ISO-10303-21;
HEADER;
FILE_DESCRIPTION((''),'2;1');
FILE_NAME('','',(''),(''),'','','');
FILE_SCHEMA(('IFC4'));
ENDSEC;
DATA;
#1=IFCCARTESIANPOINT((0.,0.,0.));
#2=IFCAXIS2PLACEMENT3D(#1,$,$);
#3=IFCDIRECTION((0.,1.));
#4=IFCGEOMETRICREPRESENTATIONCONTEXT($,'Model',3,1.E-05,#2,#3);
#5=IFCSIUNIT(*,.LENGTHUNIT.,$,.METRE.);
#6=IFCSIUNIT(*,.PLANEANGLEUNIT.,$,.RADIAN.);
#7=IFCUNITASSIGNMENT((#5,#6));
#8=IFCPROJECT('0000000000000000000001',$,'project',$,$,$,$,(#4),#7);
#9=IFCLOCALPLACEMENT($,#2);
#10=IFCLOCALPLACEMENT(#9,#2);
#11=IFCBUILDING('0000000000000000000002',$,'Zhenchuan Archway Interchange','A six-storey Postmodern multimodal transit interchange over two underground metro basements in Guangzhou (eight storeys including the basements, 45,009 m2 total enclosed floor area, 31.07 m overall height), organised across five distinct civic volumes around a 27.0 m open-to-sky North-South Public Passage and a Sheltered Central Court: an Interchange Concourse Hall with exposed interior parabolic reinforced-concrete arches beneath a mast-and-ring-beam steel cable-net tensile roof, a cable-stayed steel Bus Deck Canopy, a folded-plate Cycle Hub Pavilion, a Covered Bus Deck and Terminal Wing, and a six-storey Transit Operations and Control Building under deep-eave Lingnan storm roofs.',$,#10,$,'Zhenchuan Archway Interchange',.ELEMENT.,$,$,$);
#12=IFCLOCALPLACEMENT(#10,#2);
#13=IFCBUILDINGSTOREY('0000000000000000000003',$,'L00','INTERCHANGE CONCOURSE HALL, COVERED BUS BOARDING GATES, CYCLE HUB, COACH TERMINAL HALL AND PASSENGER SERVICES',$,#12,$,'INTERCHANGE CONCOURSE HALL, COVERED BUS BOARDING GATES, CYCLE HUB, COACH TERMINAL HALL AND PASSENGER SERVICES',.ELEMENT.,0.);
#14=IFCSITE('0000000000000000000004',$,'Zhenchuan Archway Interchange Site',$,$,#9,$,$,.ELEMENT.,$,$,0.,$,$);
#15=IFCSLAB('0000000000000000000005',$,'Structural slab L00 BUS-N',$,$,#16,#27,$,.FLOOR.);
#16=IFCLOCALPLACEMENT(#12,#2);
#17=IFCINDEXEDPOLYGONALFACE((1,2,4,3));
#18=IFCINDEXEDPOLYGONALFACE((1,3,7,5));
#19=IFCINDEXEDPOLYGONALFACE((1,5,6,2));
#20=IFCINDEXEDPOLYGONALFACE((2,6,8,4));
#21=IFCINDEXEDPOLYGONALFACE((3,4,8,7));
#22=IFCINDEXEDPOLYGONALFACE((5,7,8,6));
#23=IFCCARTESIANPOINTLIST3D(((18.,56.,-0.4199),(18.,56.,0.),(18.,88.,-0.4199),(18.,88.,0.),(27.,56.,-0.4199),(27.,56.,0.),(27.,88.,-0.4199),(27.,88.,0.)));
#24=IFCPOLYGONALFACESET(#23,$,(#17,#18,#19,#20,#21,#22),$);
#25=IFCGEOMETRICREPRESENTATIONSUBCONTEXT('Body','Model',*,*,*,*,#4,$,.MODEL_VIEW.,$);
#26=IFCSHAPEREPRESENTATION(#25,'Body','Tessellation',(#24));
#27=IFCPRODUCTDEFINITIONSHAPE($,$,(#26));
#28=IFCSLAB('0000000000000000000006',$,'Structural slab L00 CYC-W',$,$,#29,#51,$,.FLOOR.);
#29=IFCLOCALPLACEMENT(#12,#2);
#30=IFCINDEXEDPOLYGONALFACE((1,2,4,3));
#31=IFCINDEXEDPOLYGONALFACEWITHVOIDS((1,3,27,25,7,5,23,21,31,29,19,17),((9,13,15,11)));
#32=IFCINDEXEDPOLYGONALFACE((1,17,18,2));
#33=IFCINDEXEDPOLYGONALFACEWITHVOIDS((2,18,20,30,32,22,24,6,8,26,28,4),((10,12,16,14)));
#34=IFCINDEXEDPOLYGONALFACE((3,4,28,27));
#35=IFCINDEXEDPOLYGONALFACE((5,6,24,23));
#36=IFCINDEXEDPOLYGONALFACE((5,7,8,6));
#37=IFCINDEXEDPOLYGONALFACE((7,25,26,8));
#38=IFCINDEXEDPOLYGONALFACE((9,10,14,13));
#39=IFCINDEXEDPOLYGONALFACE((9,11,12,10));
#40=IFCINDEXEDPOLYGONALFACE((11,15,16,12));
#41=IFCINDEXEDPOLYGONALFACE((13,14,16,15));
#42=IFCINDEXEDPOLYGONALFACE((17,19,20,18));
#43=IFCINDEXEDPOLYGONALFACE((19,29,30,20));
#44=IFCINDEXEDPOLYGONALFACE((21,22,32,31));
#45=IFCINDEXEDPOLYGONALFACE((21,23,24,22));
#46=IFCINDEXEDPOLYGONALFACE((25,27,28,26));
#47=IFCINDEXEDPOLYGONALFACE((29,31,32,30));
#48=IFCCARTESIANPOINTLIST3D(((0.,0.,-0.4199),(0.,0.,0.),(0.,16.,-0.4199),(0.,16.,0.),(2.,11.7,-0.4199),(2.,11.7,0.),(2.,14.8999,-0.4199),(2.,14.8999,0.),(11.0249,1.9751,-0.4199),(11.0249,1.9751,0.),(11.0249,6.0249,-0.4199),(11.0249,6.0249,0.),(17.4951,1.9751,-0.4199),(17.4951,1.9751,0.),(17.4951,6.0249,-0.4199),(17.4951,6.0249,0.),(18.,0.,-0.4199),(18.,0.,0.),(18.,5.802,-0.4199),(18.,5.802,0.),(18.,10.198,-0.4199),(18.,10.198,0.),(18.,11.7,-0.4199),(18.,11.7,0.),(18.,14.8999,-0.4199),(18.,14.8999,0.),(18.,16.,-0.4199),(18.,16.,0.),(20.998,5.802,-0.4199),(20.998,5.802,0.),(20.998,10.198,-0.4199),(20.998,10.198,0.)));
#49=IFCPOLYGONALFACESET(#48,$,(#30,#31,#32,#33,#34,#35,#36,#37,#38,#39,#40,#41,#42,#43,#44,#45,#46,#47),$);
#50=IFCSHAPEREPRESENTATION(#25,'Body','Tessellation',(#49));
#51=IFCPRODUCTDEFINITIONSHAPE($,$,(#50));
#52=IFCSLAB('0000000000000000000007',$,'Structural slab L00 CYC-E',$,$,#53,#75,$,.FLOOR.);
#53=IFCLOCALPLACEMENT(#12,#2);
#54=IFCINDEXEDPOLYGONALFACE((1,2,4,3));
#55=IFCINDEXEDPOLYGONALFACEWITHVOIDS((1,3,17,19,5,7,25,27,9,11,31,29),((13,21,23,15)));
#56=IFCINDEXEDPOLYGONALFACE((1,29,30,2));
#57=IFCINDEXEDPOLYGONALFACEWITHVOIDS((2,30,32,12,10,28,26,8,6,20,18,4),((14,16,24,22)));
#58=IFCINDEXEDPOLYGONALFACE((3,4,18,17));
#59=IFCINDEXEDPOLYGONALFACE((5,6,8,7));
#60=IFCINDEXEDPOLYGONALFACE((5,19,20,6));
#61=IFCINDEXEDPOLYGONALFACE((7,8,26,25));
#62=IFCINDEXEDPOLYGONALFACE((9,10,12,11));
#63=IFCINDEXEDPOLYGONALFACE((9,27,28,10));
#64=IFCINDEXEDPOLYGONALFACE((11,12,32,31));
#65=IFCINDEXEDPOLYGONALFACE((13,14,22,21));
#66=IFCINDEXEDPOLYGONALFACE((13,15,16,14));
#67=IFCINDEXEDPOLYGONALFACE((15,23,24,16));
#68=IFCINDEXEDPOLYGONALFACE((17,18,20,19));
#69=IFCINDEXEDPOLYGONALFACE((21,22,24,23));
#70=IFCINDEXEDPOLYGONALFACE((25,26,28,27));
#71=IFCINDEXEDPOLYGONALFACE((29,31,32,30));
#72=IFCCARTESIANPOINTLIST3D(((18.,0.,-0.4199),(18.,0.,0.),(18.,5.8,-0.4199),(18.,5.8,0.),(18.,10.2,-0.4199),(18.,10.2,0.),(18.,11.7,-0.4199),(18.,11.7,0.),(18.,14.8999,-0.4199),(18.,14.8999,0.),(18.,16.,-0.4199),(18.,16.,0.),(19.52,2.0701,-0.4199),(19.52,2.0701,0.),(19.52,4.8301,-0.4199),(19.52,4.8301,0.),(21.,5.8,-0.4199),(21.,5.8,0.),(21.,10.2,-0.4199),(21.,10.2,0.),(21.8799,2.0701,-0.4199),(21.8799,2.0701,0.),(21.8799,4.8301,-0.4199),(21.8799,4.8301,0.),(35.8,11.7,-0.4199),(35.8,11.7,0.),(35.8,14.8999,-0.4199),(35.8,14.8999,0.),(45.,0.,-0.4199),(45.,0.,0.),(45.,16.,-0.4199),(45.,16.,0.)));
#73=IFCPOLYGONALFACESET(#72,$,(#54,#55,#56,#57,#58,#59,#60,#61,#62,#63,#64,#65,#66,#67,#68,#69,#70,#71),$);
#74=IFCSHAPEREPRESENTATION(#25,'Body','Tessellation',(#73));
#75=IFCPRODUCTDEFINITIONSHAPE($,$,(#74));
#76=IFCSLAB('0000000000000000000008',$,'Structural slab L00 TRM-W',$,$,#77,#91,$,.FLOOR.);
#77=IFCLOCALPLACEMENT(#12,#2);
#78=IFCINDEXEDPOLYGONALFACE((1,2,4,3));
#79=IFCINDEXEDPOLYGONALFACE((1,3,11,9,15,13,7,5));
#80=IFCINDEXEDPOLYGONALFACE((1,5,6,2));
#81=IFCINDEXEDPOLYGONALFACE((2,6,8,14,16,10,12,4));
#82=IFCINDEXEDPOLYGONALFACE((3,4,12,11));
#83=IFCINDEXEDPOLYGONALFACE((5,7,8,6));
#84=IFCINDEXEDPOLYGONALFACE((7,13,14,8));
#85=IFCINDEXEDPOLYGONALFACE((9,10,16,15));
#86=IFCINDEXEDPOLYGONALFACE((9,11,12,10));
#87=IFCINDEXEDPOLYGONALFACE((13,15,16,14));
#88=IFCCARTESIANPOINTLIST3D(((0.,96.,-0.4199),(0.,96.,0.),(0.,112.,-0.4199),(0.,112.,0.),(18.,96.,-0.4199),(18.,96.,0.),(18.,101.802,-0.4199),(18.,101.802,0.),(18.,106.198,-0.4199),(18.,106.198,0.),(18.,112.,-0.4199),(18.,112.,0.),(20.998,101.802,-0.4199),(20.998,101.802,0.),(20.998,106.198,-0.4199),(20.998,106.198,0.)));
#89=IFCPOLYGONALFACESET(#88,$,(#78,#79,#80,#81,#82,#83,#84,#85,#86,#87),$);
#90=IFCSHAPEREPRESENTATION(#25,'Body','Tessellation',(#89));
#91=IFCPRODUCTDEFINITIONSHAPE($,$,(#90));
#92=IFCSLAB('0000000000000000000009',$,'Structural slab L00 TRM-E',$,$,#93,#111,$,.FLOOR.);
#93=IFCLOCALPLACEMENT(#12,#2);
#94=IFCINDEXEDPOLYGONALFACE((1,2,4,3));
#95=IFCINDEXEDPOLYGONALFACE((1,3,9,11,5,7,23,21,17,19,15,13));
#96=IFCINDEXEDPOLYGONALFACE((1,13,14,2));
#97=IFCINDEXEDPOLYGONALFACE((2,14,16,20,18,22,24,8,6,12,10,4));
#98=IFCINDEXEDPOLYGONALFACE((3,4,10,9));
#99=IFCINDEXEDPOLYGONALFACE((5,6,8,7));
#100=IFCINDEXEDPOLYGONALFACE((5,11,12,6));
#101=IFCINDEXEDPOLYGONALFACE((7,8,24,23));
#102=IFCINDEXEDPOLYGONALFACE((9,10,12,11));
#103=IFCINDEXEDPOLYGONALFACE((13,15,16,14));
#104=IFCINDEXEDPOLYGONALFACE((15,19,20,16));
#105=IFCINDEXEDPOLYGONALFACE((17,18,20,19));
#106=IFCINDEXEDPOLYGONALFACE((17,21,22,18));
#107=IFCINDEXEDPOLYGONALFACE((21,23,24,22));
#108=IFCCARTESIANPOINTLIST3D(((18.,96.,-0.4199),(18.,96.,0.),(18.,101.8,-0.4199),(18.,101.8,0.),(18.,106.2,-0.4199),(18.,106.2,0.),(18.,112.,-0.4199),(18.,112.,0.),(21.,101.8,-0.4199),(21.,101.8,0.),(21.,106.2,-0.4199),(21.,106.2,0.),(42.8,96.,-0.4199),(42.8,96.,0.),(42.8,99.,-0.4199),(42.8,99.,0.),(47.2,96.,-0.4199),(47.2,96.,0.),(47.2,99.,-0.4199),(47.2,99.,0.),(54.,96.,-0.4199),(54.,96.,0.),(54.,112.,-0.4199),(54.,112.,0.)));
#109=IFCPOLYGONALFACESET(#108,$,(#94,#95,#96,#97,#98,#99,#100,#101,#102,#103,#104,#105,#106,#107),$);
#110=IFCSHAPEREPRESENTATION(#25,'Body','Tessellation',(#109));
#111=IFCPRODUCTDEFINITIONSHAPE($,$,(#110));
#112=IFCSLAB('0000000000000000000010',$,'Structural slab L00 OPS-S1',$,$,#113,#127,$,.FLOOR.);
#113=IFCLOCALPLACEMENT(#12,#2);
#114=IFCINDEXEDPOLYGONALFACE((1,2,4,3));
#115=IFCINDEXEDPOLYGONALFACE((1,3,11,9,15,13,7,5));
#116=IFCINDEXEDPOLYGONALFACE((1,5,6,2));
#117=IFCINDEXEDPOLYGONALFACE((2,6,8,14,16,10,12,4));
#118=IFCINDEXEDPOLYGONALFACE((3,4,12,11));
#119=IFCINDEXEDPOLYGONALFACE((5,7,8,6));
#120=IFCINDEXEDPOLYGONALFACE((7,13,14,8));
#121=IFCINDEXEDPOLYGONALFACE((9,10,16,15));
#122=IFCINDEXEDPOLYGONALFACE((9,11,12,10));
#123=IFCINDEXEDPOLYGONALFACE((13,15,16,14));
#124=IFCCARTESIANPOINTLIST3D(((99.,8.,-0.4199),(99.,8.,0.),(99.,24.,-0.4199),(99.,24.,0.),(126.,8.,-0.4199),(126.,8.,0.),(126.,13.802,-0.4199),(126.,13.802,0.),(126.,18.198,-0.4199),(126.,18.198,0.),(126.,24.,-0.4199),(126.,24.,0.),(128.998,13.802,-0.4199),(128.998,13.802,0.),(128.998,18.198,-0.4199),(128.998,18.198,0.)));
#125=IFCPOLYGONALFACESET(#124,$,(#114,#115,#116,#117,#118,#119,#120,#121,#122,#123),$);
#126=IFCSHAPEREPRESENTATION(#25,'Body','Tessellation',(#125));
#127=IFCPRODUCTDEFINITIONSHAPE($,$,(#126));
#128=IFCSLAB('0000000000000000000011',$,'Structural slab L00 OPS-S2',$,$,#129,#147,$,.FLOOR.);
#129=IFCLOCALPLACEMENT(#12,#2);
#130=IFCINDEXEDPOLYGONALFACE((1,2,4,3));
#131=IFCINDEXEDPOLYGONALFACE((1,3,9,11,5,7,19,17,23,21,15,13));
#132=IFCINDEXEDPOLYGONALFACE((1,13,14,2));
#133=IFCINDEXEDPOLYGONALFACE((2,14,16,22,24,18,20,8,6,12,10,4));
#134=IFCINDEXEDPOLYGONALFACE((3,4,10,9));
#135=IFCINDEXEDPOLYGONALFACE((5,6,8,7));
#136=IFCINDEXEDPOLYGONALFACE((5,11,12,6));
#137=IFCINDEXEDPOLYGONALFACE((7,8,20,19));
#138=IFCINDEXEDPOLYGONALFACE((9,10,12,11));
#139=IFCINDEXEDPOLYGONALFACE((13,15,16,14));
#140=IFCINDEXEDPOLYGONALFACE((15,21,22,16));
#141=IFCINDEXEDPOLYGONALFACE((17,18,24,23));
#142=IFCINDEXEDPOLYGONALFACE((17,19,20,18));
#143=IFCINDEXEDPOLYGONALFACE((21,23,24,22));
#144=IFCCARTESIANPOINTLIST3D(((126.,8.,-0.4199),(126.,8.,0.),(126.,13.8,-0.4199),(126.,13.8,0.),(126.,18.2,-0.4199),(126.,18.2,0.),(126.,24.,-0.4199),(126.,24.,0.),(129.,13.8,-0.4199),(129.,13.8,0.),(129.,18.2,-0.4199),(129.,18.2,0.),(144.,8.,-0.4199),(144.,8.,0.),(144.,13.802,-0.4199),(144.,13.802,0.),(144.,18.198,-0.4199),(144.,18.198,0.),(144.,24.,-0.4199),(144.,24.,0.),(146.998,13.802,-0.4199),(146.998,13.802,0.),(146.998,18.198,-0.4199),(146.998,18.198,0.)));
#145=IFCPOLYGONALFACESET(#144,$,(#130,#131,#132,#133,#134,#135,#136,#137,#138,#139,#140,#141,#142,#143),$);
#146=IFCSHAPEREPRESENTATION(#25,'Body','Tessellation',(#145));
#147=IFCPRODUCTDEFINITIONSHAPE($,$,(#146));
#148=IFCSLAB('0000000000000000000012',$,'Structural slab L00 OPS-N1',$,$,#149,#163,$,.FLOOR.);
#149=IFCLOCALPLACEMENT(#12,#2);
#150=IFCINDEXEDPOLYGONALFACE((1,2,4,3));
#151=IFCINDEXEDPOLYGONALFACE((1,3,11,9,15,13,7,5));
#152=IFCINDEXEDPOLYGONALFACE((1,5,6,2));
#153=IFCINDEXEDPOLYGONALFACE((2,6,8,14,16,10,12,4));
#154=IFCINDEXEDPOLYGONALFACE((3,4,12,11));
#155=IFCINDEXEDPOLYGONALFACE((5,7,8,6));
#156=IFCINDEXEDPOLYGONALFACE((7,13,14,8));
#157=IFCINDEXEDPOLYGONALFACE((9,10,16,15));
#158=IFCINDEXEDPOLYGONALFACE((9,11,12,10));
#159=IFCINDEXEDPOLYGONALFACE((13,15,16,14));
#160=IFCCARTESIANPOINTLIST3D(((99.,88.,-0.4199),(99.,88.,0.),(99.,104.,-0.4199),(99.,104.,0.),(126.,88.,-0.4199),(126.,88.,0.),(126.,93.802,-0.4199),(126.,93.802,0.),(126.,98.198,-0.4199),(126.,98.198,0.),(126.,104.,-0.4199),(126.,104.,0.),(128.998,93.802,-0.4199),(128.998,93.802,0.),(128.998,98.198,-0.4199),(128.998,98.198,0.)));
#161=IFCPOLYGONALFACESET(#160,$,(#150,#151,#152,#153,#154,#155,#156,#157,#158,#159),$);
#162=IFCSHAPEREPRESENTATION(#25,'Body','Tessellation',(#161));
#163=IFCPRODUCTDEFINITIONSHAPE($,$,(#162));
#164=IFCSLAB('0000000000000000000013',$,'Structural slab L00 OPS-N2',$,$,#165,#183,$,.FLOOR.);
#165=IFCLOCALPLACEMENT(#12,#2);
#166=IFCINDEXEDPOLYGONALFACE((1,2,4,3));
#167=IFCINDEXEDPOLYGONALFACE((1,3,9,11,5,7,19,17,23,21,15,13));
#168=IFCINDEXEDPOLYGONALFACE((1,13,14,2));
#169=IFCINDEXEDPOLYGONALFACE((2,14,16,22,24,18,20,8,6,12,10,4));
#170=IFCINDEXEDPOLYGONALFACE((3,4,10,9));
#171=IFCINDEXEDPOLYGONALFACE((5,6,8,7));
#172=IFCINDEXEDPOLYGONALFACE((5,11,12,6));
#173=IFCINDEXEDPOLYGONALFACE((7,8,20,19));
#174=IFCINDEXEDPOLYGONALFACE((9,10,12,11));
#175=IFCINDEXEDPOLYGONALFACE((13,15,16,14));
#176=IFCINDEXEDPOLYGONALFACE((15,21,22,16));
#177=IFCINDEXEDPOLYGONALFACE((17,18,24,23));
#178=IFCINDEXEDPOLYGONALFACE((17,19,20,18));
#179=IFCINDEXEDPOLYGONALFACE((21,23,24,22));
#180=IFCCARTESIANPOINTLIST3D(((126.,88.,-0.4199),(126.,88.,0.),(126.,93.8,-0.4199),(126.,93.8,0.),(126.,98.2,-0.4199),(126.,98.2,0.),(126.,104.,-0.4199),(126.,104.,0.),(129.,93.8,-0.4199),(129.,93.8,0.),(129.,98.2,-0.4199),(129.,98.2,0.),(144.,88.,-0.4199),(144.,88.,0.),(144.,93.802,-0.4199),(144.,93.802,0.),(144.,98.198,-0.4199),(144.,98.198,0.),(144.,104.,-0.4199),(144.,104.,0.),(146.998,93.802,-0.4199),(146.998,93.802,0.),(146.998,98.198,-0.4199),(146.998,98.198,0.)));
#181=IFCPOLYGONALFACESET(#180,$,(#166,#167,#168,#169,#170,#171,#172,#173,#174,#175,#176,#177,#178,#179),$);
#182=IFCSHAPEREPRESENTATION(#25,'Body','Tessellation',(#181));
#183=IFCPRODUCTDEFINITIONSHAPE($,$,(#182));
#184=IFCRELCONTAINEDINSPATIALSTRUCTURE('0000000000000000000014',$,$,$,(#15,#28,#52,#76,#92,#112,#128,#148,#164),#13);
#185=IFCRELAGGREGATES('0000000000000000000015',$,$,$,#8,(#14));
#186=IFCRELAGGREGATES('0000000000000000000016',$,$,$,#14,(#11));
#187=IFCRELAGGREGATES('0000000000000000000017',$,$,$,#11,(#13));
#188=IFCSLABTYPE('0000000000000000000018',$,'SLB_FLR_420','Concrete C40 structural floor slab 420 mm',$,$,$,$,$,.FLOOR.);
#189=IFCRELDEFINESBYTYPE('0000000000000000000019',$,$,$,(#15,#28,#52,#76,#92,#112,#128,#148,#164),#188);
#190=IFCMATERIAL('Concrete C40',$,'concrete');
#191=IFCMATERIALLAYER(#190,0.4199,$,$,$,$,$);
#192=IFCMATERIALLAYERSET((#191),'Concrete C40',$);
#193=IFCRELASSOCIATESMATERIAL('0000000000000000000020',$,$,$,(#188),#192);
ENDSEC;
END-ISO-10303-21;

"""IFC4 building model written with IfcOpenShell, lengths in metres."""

from ifc_helpers import new_model, si_unit, direction, frame, origin, place, context, subcontext, project, spatial, polyline, outline, extrude, material, layer, layer_set, type_object, element, save


model = new_model("IFC4")

# Units and contexts
model_context = context("Model", 3, precision=1e-05, world=origin(), true_north=direction((0.0, 1.0)))
body_context = subcontext(model_context, "Body", "Model", "MODEL_VIEW")
ifc_project = project(units=[si_unit("LENGTHUNIT", "METRE"), si_unit("PLANEANGLEUNIT", "RADIAN")], contexts=[model_context])

# Site, building, storey
site_placement = place(None, origin())
site = spatial("IfcSite", under=ifc_project, at=site_placement, Name="Zhenchuan Archway Interchange Site", CompositionType="ELEMENT", RefElevation=0.0)
building_placement = place(site_placement, origin())
building = spatial("IfcBuilding", under=site, at=building_placement, Name="Zhenchuan Archway Interchange", Description="A six-storey Postmodern multimodal transit interchange over two underground metro basements in Guangzhou (eight storeys including the basements, 45,009 m2 total enclosed floor area, 31.07 m overall height), organised across five distinct civic volumes around a 27.0 m open-to-sky North-South Public Passage and a Sheltered Central Court: an Interchange Concourse Hall with exposed interior parabolic reinforced-concrete arches beneath a mast-and-ring-beam steel cable-net tensile roof, a cable-stayed steel Bus Deck Canopy, a folded-plate Cycle Hub Pavilion, a Covered Bus Deck and Terminal Wing, and a six-storey Transit Operations and Control Building under deep-eave Lingnan storm roofs.", LongName="Zhenchuan Archway Interchange", CompositionType="ELEMENT")
storey_placement = place(building_placement, origin())
storey = spatial("IfcBuildingStorey", under=building, at=storey_placement, Name="L00", Description="INTERCHANGE CONCOURSE HALL, COVERED BUS BOARDING GATES, CYCLE HUB, COACH TERMINAL HALL AND PASSENGER SERVICES", LongName="INTERCHANGE CONCOURSE HALL, COVERED BUS BOARDING GATES, CYCLE HUB, COACH TERMINAL HALL AND PASSENGER SERVICES", CompositionType="ELEMENT", Elevation=0.0)

# Slabs
ifc_material = material(Name="Concrete C40", Category="concrete")
ifc_layer = layer(ifc_material, 0.4199)
ifc_layer_set = layer_set([ifc_layer], Name="Concrete C40")
slab_type = type_object("IfcSlabType", Name="SLB_FLR_420", Description="Concrete C40 structural floor slab 420 mm", PredefinedType="FLOOR", material=ifc_layer_set)
slab_1_placement = place(storey_placement, frame((0.0, 0.0, -0.4199)))
element("IfcSlab", 1, at=slab_1_placement, inside=storey, type_object=slab_type, Name="Structural slab L00 BUS-N", PredefinedType="FLOOR", context=body_context, shape_type="SweptSolid", body=[
    extrude(outline(polyline([(27.0, 56.0), (27.0, 88.0), (18.0, 88.0), (18.0, 56.0), (27.0, 56.0)])), origin(), (0.0, 0.0, 1.0), 0.4199),
])
slab_2_placement = place(storey_placement, frame((0.0, 0.0, -0.4199)))
element("IfcSlab", 2, at=slab_2_placement, inside=storey, type_object=slab_type, Name="Structural slab L00 CYC-W", PredefinedType="FLOOR", context=body_context, shape_type="SweptSolid", body=[
    extrude(outline(polyline([(0.0, 16.0), (18.0, 16.0), (18.0, 14.8999), (2.0, 14.8999), (2.0, 11.7), (18.0, 11.7), (18.0, 10.198), (20.998, 10.198), (20.998, 5.802), (18.0, 5.802), (18.0, 0.0), (0.0, 0.0), (0.0, 16.0)]), holes=[polyline([(17.4951, 6.0249), (11.0249, 6.0249), (11.0249, 1.9751), (17.4951, 1.9751), (17.4951, 6.0249)])]), origin(), (0.0, 0.0, 1.0), 0.4199),
])
slab_3_placement = place(storey_placement, frame((0.0, 0.0, -0.4199)))
element("IfcSlab", 3, at=slab_3_placement, inside=storey, type_object=slab_type, Name="Structural slab L00 CYC-E", PredefinedType="FLOOR", context=body_context, shape_type="SweptSolid", body=[
    extrude(outline(polyline([(45.0, 0.0), (18.0, 0.0), (18.0, 5.8), (21.0, 5.8), (21.0, 10.2), (18.0, 10.2), (18.0, 11.7), (35.8, 11.7), (35.8, 14.8999), (18.0, 14.8999), (18.0, 16.0), (45.0, 16.0), (45.0, 0.0)]), holes=[polyline([(21.8799, 4.8301), (19.52, 4.8301), (19.52, 2.0701), (21.8799, 2.0701), (21.8799, 4.8301)])]), origin(), (0.0, 0.0, 1.0), 0.4199),
])
slab_4_placement = place(storey_placement, frame((0.0, 0.0, -0.4199)))
element("IfcSlab", 4, at=slab_4_placement, inside=storey, type_object=slab_type, Name="Structural slab L00 TRM-W", PredefinedType="FLOOR", context=body_context, shape_type="SweptSolid", body=[
    extrude(outline(polyline([(18.0, 96.0), (0.0, 96.0), (0.0, 112.0), (18.0, 112.0), (18.0, 106.198), (20.998, 106.198), (20.998, 101.802), (18.0, 101.802), (18.0, 96.0)])), origin(), (0.0, 0.0, 1.0), 0.4199),
])
slab_5_placement = place(storey_placement, frame((0.0, 0.0, -0.4199)))
element("IfcSlab", 5, at=slab_5_placement, inside=storey, type_object=slab_type, Name="Structural slab L00 TRM-E", PredefinedType="FLOOR", context=body_context, shape_type="SweptSolid", body=[
    extrude(outline(polyline([(18.0, 101.8), (21.0, 101.8), (21.0, 106.2), (18.0, 106.2), (18.0, 112.0), (54.0, 112.0), (54.0, 96.0), (47.2, 96.0), (47.2, 99.0), (42.8, 99.0), (42.8, 96.0), (18.0, 96.0), (18.0, 101.8)])), origin(), (0.0, 0.0, 1.0), 0.4199),
])
slab_6_placement = place(storey_placement, frame((0.0, 0.0, -0.4199)))
element("IfcSlab", 6, at=slab_6_placement, inside=storey, type_object=slab_type, Name="Structural slab L00 OPS-S1", PredefinedType="FLOOR", context=body_context, shape_type="SweptSolid", body=[
    extrude(outline(polyline([(126.0, 8.0), (99.0, 8.0), (99.0, 24.0), (126.0, 24.0), (126.0, 18.198), (128.998, 18.198), (128.998, 13.802), (126.0, 13.802), (126.0, 8.0)])), origin(), (0.0, 0.0, 1.0), 0.4199),
])
slab_7_placement = place(storey_placement, frame((0.0, 0.0, -0.4199)))
element("IfcSlab", 7, at=slab_7_placement, inside=storey, type_object=slab_type, Name="Structural slab L00 OPS-S2", PredefinedType="FLOOR", context=body_context, shape_type="SweptSolid", body=[
    extrude(outline(polyline([(144.0, 24.0), (144.0, 18.198), (146.998, 18.198), (146.998, 13.802), (144.0, 13.802), (144.0, 8.0), (126.0, 8.0), (126.0, 13.8), (129.0, 13.8), (129.0, 18.2), (126.0, 18.2), (126.0, 24.0), (144.0, 24.0)])), origin(), (0.0, 0.0, 1.0), 0.4199),
])
slab_8_placement = place(storey_placement, frame((0.0, 0.0, -0.4199)))
element("IfcSlab", 8, at=slab_8_placement, inside=storey, type_object=slab_type, Name="Structural slab L00 OPS-N1", PredefinedType="FLOOR", context=body_context, shape_type="SweptSolid", body=[
    extrude(outline(polyline([(126.0, 88.0), (99.0, 88.0), (99.0, 104.0), (126.0, 104.0), (126.0, 98.198), (128.998, 98.198), (128.998, 93.802), (126.0, 93.802), (126.0, 88.0)])), origin(), (0.0, 0.0, 1.0), 0.4199),
])
slab_9_placement = place(storey_placement, frame((0.0, 0.0, -0.4199)))
element("IfcSlab", 9, at=slab_9_placement, inside=storey, type_object=slab_type, Name="Structural slab L00 OPS-N2", PredefinedType="FLOOR", context=body_context, shape_type="SweptSolid", body=[
    extrude(outline(polyline([(144.0, 104.0), (144.0, 98.198), (146.998, 98.198), (146.998, 93.802), (144.0, 93.802), (144.0, 88.0), (126.0, 88.0), (126.0, 93.8), (129.0, 93.8), (129.0, 98.2), (126.0, 98.2), (126.0, 104.0), (144.0, 104.0)])), origin(), (0.0, 0.0, 1.0), 0.4199),
])

save(model, "model.ifc")
